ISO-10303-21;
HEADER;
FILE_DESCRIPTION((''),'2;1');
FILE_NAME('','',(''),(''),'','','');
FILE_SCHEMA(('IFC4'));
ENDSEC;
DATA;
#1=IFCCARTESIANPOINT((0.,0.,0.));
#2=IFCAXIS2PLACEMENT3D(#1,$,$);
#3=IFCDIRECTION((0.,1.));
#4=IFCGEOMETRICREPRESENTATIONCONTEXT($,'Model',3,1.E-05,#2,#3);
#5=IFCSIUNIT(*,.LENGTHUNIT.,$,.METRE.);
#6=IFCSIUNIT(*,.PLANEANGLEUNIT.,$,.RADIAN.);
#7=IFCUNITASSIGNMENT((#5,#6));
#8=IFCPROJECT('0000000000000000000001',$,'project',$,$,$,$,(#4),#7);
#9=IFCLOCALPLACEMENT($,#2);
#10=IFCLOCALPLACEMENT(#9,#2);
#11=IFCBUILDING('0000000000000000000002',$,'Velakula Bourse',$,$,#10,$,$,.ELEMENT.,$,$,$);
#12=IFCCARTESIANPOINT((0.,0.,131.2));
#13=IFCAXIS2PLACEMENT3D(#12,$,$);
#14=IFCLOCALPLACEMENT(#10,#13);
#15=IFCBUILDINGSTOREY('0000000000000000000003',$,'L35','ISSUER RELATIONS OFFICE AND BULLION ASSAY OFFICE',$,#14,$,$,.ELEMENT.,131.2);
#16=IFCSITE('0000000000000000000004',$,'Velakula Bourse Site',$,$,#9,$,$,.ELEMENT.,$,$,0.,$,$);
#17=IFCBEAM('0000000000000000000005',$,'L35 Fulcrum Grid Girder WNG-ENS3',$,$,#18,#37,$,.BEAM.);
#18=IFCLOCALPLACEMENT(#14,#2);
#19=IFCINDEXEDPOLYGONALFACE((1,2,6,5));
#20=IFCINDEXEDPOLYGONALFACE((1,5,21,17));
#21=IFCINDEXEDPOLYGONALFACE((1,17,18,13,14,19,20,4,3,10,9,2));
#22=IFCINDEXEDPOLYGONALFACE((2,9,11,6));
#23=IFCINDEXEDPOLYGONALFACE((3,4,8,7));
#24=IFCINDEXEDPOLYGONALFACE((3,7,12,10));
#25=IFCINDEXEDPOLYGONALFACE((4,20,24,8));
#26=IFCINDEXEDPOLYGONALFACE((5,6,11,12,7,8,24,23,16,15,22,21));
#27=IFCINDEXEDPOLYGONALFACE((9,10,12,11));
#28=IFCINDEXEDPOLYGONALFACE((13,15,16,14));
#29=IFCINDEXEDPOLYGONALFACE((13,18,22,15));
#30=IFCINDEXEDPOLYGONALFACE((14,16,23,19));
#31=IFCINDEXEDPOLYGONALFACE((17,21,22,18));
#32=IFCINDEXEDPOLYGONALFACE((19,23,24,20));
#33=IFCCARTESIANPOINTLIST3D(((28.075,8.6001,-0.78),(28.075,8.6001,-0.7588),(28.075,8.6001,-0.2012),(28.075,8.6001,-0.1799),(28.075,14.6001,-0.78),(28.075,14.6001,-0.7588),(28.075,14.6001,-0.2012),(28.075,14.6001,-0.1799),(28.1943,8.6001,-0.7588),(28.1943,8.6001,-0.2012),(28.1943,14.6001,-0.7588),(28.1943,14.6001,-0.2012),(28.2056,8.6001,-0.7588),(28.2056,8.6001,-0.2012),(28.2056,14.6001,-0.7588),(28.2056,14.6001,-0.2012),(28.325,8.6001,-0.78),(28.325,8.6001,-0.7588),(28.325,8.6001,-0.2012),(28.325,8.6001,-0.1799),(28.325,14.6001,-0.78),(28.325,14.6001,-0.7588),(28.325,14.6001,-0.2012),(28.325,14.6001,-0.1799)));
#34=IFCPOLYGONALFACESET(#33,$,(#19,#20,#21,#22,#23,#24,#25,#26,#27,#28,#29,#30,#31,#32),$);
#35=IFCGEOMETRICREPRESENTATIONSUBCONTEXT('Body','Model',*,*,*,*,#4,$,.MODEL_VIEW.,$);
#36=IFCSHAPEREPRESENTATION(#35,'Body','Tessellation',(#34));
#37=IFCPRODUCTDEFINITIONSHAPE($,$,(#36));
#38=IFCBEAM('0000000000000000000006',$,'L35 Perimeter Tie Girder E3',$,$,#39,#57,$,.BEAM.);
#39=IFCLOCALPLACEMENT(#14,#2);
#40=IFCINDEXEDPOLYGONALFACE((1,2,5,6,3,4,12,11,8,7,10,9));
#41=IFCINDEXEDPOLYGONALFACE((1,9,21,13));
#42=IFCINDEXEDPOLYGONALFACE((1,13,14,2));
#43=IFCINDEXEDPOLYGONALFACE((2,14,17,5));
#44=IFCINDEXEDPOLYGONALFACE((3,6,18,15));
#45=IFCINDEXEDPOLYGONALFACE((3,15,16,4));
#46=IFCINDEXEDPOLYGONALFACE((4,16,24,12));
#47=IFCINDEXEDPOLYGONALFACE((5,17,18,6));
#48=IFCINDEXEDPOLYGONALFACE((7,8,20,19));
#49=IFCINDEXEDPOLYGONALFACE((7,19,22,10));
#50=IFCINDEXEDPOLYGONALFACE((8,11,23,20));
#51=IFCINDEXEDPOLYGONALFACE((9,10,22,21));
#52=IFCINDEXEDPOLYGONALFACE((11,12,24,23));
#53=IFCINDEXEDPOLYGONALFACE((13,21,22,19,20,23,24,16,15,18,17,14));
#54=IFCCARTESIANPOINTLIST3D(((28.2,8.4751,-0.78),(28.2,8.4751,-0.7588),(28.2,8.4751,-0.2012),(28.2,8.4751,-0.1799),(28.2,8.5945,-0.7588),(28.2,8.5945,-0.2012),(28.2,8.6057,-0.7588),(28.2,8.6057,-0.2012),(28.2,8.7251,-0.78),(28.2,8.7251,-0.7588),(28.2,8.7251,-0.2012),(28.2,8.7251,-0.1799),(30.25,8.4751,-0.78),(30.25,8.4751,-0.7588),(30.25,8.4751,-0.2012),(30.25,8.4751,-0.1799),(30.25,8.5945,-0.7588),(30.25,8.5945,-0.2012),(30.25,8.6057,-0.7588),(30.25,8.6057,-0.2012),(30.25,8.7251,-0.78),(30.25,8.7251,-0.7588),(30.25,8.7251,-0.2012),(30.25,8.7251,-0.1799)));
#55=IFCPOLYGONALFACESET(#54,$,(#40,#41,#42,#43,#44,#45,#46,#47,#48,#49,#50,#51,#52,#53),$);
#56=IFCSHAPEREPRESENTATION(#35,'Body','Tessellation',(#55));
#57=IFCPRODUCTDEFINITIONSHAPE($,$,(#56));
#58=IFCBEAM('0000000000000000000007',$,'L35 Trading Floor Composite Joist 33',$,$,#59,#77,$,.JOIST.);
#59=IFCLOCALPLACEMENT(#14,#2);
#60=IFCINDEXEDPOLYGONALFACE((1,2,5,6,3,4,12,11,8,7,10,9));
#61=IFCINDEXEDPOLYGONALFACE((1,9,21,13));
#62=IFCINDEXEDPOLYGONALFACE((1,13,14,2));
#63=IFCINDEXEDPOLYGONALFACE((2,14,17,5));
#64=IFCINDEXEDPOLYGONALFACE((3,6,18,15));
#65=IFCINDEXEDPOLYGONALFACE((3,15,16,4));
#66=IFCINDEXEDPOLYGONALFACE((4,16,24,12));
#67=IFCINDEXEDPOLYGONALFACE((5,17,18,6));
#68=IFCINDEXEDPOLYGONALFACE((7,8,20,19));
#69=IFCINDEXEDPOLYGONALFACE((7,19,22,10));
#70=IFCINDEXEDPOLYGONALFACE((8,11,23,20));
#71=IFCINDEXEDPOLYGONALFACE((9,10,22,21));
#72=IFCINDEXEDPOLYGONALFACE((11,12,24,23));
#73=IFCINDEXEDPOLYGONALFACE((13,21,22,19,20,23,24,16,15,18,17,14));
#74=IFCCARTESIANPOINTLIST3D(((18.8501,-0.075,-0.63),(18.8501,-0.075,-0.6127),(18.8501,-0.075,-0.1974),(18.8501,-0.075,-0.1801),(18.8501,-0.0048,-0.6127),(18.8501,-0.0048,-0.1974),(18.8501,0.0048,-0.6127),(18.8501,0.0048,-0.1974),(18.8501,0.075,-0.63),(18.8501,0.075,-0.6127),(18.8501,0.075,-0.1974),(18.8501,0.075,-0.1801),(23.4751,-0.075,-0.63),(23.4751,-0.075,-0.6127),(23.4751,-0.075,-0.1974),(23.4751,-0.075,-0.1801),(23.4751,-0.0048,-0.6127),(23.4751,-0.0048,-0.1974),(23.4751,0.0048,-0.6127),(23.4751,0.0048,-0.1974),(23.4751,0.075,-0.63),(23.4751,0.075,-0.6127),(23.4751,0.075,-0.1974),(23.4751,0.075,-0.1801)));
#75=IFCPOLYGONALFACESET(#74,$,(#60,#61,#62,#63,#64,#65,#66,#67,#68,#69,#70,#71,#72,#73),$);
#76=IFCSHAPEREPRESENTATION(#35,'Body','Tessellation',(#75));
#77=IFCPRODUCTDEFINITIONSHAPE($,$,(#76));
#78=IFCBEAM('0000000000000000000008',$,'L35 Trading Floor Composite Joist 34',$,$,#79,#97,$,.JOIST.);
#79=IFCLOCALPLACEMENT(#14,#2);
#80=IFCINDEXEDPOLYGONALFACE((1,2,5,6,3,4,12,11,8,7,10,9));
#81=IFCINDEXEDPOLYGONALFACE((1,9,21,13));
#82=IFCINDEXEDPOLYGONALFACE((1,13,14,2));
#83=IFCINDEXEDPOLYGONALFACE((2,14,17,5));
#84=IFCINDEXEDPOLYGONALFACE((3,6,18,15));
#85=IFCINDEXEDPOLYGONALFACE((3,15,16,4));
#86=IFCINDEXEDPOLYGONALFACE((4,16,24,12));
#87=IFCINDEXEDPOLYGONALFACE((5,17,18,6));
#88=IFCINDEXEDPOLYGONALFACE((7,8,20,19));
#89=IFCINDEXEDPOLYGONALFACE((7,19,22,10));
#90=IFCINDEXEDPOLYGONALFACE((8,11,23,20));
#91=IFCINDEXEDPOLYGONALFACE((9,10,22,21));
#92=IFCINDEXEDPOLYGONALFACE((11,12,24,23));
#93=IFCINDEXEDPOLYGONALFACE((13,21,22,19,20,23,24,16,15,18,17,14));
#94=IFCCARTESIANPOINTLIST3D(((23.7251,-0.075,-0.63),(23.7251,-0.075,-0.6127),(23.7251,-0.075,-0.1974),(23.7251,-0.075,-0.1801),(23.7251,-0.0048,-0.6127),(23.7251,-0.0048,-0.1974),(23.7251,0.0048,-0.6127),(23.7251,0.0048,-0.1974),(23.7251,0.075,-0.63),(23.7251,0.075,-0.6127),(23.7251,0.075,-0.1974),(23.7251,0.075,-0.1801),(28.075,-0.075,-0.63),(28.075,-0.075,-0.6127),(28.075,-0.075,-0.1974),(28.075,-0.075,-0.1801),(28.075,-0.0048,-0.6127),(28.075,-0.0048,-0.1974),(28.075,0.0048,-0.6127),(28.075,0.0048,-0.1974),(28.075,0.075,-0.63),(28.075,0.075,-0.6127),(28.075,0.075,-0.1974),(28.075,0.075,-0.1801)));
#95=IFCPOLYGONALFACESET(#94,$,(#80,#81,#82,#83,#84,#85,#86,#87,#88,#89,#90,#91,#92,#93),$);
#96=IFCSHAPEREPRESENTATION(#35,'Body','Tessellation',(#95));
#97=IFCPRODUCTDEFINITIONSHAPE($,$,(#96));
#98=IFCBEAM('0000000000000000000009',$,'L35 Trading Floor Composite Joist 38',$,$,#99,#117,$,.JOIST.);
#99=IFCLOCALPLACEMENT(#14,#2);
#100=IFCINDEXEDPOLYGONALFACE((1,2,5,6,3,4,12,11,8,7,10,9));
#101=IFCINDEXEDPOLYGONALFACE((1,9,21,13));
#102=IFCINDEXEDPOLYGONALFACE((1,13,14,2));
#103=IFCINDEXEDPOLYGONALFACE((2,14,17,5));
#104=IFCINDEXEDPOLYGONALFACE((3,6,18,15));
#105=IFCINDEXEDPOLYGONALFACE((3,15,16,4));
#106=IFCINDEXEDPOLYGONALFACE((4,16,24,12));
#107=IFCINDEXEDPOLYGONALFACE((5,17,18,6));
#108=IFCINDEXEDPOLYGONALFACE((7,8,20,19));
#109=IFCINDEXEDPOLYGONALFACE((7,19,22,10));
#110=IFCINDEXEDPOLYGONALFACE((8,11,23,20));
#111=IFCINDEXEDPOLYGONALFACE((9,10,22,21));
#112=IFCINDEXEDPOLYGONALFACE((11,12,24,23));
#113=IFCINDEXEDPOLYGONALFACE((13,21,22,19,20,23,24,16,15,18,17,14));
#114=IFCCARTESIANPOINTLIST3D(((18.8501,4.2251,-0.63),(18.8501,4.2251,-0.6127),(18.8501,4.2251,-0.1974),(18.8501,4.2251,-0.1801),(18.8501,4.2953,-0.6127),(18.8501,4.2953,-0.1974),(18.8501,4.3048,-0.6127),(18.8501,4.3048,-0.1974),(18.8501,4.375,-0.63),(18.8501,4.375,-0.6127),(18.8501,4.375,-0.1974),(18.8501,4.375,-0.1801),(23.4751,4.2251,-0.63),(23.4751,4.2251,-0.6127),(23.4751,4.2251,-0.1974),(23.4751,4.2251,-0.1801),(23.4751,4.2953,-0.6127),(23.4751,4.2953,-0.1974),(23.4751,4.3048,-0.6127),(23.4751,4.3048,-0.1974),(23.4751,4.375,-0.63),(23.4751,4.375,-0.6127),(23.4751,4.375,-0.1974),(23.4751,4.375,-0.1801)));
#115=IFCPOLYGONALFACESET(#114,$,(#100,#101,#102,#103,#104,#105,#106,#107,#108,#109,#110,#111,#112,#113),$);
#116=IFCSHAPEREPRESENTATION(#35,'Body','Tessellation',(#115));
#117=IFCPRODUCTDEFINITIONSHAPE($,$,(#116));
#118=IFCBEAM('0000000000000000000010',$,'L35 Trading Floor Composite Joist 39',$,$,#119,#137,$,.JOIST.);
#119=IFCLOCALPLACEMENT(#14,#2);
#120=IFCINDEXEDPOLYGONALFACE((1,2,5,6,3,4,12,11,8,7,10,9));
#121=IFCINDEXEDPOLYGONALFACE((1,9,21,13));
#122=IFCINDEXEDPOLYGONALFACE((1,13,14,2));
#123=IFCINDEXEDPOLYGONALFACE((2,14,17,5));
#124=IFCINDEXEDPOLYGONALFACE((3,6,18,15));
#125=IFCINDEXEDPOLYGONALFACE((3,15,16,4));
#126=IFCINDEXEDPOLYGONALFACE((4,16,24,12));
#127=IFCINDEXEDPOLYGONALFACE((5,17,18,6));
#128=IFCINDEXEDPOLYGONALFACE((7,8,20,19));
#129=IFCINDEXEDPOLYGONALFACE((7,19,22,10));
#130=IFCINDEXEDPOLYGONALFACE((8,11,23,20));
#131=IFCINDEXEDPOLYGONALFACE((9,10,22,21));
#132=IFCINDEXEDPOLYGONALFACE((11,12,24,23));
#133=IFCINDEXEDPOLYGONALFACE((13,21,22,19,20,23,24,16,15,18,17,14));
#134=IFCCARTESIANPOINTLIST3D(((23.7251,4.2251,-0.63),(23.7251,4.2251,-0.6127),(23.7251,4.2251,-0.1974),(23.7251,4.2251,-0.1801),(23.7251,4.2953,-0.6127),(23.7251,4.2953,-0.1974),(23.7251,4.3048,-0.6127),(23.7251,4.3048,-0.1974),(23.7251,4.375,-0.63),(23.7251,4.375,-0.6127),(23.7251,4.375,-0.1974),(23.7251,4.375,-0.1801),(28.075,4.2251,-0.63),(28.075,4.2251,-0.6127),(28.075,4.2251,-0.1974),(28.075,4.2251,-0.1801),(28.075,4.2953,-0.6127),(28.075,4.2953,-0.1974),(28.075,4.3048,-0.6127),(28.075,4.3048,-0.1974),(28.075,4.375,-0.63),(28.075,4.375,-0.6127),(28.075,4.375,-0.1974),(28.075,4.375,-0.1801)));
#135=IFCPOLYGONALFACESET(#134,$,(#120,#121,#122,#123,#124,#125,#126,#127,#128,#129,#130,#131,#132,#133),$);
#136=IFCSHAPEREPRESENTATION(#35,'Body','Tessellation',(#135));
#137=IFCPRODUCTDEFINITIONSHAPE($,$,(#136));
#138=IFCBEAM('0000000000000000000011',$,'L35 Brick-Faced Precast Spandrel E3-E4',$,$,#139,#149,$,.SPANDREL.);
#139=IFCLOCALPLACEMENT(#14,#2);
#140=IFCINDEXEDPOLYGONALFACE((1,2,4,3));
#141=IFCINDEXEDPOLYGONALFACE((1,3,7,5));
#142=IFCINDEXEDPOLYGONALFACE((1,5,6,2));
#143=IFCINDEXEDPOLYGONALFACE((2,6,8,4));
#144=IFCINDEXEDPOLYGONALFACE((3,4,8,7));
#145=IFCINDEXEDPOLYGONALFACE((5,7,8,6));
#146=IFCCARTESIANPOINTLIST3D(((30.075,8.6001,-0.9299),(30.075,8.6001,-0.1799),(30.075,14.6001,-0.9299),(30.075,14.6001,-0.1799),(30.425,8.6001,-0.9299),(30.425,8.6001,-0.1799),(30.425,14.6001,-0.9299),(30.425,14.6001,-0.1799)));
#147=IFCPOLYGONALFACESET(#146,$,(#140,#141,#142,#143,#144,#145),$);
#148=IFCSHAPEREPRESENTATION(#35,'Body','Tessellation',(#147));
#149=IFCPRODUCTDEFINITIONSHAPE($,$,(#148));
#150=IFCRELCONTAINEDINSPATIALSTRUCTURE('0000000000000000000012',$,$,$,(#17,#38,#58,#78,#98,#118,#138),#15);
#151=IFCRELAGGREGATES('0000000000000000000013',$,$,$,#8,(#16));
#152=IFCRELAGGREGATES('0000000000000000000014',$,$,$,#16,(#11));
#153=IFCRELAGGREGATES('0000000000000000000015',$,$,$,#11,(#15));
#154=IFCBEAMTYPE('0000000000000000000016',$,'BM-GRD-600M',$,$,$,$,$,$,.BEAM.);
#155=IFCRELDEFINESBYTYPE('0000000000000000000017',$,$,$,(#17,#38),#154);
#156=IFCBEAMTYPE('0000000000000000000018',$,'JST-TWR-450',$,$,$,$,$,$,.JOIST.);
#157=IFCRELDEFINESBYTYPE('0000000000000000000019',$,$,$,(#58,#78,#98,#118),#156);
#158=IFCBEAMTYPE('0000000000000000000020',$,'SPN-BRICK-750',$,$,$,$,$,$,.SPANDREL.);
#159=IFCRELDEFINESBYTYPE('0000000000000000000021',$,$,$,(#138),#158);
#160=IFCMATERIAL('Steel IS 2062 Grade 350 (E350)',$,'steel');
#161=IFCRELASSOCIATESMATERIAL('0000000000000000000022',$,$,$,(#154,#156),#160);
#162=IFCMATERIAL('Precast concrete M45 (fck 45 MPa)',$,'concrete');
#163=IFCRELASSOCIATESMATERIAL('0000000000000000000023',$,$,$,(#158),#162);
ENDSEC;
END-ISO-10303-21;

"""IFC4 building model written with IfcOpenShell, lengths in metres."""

from ifc_helpers import new_model, si_unit, direction, frame, origin, origin_2d, place, context, subcontext, project, spatial, rectangle, i_section, extrude, material, material_profile, profile_set, type_object, element, save


model = new_model("IFC4")

# Units and contexts
model_context = context("Model", 3, precision=1e-05, world=origin(), true_north=direction((0.0, 1.0)))
body_context = subcontext(model_context, "Body", "Model", "MODEL_VIEW")
ifc_project = project(units=[si_unit("LENGTHUNIT", "METRE"), si_unit("PLANEANGLEUNIT", "RADIAN")], contexts=[model_context])

# Site, building, storey
site_placement = place(None, origin())
site = spatial("IfcSite", under=ifc_project, at=site_placement, Name="Velakula Bourse Site", CompositionType="ELEMENT", RefElevation=0.0)
building_placement = place(site_placement, origin())
building = spatial("IfcBuilding", under=site, at=building_placement, Name="Velakula Bourse", CompositionType="ELEMENT")
storey_placement = place(building_placement, frame((0.0, 0.0, 131.2)))
storey = spatial("IfcBuildingStorey", under=building, at=storey_placement, Name="L35", Description="ISSUER RELATIONS OFFICE AND BULLION ASSAY OFFICE", CompositionType="ELEMENT", Elevation=131.2)

# Shared definitions
ifc_material_1 = material(Name="Steel IS 2062 Grade 350 (E350)", Category="steel")

# Beams
ifc_material_profile_1 = material_profile(ifc_material_1, i_section(OverallWidth=0.25, OverallDepth=0.6001, WebThickness=0.0112, FlangeThickness=0.0212, at=origin_2d()), Name="Steel IS 2062 Grade 350 (E350)")
ifc_profile_set_1 = profile_set([ifc_material_profile_1], Name="Steel IS 2062 Grade 350 (E350)")
beam_type_1 = type_object("IfcBeamType", Name="BM-GRD-600M", PredefinedType="BEAM", material=ifc_profile_set_1)
beam_1_placement = place(storey_placement, frame((28.2, 8.6001, -0.48), z_axis=(0.0, 1.0, 0.0), x_axis=(-1.0, 0.0, 0.0)))
element("IfcBeam", 1, at=beam_1_placement, inside=storey, type_object=beam_type_1, Name="L35 Fulcrum Grid Girder WNG-ENS3", PredefinedType="BEAM", context=body_context, shape_type="SweptSolid", body=[
    extrude(i_section(OverallWidth=0.25, OverallDepth=0.6001, WebThickness=0.0112, FlangeThickness=0.0212, at=origin_2d()), origin(), (0.0, 0.0, 1.0), 6.0),
])
beam_2_placement = place(storey_placement, frame((28.2, 8.6001, -0.48), z_axis=(1.0, 0.0, 0.0), x_axis=(0.0, 1.0, 0.0)))
element("IfcBeam", 2, at=beam_2_placement, inside=storey, type_object=beam_type_1, Name="L35 Perimeter Tie Girder E3", PredefinedType="BEAM", context=body_context, shape_type="SweptSolid", body=[
    extrude(i_section(OverallWidth=0.25, OverallDepth=0.6001, WebThickness=0.0112, FlangeThickness=0.0212, at=origin_2d()), origin(), (0.0, 0.0, 1.0), 2.05),
])
ifc_material_profile_2 = material_profile(ifc_material_1, i_section(OverallWidth=0.1499, OverallDepth=0.45, WebThickness=0.0095, FlangeThickness=0.0173, at=origin_2d()), Name="Steel IS 2062 Grade 350 (E350)")
ifc_profile_set_2 = profile_set([ifc_material_profile_2], Name="Steel IS 2062 Grade 350 (E350)")
beam_type_2 = type_object("IfcBeamType", Name="JST-TWR-450", PredefinedType="JOIST", material=ifc_profile_set_2)
beam_3_placement = place(storey_placement, frame((18.8501, 0.0, -0.405), z_axis=(1.0, 0.0, 0.0), x_axis=(0.0, 1.0, 0.0)))
element("IfcBeam", 3, at=beam_3_placement, inside=storey, type_object=beam_type_2, Name="L35 Trading Floor Composite Joist 33", PredefinedType="JOIST", context=body_context, shape_type="SweptSolid", body=[
    extrude(i_section(OverallWidth=0.1499, OverallDepth=0.45, WebThickness=0.0095, FlangeThickness=0.0173, at=origin_2d()), origin(), (0.0, 0.0, 1.0), 4.625),
])
beam_4_placement = place(storey_placement, frame((23.7251, 0.0, -0.405), z_axis=(1.0, 0.0, 0.0), x_axis=(0.0, 1.0, 0.0)))
element("IfcBeam", 4, at=beam_4_placement, inside=storey, type_object=beam_type_2, Name="L35 Trading Floor Composite Joist 34", PredefinedType="JOIST", context=body_context, shape_type="SweptSolid", body=[
    extrude(i_section(OverallWidth=0.1499, OverallDepth=0.45, WebThickness=0.0095, FlangeThickness=0.0173, at=origin_2d()), origin(), (0.0, 0.0, 1.0), 4.3499),
])
beam_5_placement = place(storey_placement, frame((18.8501, 4.3, -0.405), z_axis=(1.0, 0.0, 0.0), x_axis=(0.0, 1.0, 0.0)))
element("IfcBeam", 5, at=beam_5_placement, inside=storey, type_object=beam_type_2, Name="L35 Trading Floor Composite Joist 38", PredefinedType="JOIST", context=body_context, shape_type="SweptSolid", body=[
    extrude(i_section(OverallWidth=0.1499, OverallDepth=0.45, WebThickness=0.0095, FlangeThickness=0.0173, at=origin_2d()), origin(), (0.0, 0.0, 1.0), 4.625),
])
beam_6_placement = place(storey_placement, frame((23.7251, 4.3, -0.405), z_axis=(1.0, 0.0, 0.0), x_axis=(0.0, 1.0, 0.0)))
element("IfcBeam", 6, at=beam_6_placement, inside=storey, type_object=beam_type_2, Name="L35 Trading Floor Composite Joist 39", PredefinedType="JOIST", context=body_context, shape_type="SweptSolid", body=[
    extrude(i_section(OverallWidth=0.1499, OverallDepth=0.45, WebThickness=0.0095, FlangeThickness=0.0173, at=origin_2d()), origin(), (0.0, 0.0, 1.0), 4.3499),
])
ifc_material_2 = material(Name="Precast concrete M45 (fck 45 MPa)", Category="concrete")
ifc_material_profile_3 = material_profile(ifc_material_2, rectangle(XDim=0.3501, YDim=0.75, at=origin_2d()), Name="Precast concrete M45 (fck 45 MPa)")
ifc_profile_set_3 = profile_set([ifc_material_profile_3], Name="Precast concrete M45 (fck 45 MPa)")
beam_type_3 = type_object("IfcBeamType", Name="SPN-BRICK-750", PredefinedType="SPANDREL", material=ifc_profile_set_3)
beam_7_placement = place(storey_placement, frame((30.25, 8.6001, -0.5549), z_axis=(0.0, 1.0, 0.0), x_axis=(-1.0, 0.0, 0.0)))
element("IfcBeam", 7, at=beam_7_placement, inside=storey, type_object=beam_type_3, Name="L35 Brick-Faced Precast Spandrel E3-E4", PredefinedType="SPANDREL", context=body_context, shape_type="SweptSolid", body=[
    extrude(rectangle(XDim=0.3501, YDim=0.75, at=origin_2d()), origin(), (0.0, 0.0, 1.0), 6.0),
])

save(model, "model.ifc")
